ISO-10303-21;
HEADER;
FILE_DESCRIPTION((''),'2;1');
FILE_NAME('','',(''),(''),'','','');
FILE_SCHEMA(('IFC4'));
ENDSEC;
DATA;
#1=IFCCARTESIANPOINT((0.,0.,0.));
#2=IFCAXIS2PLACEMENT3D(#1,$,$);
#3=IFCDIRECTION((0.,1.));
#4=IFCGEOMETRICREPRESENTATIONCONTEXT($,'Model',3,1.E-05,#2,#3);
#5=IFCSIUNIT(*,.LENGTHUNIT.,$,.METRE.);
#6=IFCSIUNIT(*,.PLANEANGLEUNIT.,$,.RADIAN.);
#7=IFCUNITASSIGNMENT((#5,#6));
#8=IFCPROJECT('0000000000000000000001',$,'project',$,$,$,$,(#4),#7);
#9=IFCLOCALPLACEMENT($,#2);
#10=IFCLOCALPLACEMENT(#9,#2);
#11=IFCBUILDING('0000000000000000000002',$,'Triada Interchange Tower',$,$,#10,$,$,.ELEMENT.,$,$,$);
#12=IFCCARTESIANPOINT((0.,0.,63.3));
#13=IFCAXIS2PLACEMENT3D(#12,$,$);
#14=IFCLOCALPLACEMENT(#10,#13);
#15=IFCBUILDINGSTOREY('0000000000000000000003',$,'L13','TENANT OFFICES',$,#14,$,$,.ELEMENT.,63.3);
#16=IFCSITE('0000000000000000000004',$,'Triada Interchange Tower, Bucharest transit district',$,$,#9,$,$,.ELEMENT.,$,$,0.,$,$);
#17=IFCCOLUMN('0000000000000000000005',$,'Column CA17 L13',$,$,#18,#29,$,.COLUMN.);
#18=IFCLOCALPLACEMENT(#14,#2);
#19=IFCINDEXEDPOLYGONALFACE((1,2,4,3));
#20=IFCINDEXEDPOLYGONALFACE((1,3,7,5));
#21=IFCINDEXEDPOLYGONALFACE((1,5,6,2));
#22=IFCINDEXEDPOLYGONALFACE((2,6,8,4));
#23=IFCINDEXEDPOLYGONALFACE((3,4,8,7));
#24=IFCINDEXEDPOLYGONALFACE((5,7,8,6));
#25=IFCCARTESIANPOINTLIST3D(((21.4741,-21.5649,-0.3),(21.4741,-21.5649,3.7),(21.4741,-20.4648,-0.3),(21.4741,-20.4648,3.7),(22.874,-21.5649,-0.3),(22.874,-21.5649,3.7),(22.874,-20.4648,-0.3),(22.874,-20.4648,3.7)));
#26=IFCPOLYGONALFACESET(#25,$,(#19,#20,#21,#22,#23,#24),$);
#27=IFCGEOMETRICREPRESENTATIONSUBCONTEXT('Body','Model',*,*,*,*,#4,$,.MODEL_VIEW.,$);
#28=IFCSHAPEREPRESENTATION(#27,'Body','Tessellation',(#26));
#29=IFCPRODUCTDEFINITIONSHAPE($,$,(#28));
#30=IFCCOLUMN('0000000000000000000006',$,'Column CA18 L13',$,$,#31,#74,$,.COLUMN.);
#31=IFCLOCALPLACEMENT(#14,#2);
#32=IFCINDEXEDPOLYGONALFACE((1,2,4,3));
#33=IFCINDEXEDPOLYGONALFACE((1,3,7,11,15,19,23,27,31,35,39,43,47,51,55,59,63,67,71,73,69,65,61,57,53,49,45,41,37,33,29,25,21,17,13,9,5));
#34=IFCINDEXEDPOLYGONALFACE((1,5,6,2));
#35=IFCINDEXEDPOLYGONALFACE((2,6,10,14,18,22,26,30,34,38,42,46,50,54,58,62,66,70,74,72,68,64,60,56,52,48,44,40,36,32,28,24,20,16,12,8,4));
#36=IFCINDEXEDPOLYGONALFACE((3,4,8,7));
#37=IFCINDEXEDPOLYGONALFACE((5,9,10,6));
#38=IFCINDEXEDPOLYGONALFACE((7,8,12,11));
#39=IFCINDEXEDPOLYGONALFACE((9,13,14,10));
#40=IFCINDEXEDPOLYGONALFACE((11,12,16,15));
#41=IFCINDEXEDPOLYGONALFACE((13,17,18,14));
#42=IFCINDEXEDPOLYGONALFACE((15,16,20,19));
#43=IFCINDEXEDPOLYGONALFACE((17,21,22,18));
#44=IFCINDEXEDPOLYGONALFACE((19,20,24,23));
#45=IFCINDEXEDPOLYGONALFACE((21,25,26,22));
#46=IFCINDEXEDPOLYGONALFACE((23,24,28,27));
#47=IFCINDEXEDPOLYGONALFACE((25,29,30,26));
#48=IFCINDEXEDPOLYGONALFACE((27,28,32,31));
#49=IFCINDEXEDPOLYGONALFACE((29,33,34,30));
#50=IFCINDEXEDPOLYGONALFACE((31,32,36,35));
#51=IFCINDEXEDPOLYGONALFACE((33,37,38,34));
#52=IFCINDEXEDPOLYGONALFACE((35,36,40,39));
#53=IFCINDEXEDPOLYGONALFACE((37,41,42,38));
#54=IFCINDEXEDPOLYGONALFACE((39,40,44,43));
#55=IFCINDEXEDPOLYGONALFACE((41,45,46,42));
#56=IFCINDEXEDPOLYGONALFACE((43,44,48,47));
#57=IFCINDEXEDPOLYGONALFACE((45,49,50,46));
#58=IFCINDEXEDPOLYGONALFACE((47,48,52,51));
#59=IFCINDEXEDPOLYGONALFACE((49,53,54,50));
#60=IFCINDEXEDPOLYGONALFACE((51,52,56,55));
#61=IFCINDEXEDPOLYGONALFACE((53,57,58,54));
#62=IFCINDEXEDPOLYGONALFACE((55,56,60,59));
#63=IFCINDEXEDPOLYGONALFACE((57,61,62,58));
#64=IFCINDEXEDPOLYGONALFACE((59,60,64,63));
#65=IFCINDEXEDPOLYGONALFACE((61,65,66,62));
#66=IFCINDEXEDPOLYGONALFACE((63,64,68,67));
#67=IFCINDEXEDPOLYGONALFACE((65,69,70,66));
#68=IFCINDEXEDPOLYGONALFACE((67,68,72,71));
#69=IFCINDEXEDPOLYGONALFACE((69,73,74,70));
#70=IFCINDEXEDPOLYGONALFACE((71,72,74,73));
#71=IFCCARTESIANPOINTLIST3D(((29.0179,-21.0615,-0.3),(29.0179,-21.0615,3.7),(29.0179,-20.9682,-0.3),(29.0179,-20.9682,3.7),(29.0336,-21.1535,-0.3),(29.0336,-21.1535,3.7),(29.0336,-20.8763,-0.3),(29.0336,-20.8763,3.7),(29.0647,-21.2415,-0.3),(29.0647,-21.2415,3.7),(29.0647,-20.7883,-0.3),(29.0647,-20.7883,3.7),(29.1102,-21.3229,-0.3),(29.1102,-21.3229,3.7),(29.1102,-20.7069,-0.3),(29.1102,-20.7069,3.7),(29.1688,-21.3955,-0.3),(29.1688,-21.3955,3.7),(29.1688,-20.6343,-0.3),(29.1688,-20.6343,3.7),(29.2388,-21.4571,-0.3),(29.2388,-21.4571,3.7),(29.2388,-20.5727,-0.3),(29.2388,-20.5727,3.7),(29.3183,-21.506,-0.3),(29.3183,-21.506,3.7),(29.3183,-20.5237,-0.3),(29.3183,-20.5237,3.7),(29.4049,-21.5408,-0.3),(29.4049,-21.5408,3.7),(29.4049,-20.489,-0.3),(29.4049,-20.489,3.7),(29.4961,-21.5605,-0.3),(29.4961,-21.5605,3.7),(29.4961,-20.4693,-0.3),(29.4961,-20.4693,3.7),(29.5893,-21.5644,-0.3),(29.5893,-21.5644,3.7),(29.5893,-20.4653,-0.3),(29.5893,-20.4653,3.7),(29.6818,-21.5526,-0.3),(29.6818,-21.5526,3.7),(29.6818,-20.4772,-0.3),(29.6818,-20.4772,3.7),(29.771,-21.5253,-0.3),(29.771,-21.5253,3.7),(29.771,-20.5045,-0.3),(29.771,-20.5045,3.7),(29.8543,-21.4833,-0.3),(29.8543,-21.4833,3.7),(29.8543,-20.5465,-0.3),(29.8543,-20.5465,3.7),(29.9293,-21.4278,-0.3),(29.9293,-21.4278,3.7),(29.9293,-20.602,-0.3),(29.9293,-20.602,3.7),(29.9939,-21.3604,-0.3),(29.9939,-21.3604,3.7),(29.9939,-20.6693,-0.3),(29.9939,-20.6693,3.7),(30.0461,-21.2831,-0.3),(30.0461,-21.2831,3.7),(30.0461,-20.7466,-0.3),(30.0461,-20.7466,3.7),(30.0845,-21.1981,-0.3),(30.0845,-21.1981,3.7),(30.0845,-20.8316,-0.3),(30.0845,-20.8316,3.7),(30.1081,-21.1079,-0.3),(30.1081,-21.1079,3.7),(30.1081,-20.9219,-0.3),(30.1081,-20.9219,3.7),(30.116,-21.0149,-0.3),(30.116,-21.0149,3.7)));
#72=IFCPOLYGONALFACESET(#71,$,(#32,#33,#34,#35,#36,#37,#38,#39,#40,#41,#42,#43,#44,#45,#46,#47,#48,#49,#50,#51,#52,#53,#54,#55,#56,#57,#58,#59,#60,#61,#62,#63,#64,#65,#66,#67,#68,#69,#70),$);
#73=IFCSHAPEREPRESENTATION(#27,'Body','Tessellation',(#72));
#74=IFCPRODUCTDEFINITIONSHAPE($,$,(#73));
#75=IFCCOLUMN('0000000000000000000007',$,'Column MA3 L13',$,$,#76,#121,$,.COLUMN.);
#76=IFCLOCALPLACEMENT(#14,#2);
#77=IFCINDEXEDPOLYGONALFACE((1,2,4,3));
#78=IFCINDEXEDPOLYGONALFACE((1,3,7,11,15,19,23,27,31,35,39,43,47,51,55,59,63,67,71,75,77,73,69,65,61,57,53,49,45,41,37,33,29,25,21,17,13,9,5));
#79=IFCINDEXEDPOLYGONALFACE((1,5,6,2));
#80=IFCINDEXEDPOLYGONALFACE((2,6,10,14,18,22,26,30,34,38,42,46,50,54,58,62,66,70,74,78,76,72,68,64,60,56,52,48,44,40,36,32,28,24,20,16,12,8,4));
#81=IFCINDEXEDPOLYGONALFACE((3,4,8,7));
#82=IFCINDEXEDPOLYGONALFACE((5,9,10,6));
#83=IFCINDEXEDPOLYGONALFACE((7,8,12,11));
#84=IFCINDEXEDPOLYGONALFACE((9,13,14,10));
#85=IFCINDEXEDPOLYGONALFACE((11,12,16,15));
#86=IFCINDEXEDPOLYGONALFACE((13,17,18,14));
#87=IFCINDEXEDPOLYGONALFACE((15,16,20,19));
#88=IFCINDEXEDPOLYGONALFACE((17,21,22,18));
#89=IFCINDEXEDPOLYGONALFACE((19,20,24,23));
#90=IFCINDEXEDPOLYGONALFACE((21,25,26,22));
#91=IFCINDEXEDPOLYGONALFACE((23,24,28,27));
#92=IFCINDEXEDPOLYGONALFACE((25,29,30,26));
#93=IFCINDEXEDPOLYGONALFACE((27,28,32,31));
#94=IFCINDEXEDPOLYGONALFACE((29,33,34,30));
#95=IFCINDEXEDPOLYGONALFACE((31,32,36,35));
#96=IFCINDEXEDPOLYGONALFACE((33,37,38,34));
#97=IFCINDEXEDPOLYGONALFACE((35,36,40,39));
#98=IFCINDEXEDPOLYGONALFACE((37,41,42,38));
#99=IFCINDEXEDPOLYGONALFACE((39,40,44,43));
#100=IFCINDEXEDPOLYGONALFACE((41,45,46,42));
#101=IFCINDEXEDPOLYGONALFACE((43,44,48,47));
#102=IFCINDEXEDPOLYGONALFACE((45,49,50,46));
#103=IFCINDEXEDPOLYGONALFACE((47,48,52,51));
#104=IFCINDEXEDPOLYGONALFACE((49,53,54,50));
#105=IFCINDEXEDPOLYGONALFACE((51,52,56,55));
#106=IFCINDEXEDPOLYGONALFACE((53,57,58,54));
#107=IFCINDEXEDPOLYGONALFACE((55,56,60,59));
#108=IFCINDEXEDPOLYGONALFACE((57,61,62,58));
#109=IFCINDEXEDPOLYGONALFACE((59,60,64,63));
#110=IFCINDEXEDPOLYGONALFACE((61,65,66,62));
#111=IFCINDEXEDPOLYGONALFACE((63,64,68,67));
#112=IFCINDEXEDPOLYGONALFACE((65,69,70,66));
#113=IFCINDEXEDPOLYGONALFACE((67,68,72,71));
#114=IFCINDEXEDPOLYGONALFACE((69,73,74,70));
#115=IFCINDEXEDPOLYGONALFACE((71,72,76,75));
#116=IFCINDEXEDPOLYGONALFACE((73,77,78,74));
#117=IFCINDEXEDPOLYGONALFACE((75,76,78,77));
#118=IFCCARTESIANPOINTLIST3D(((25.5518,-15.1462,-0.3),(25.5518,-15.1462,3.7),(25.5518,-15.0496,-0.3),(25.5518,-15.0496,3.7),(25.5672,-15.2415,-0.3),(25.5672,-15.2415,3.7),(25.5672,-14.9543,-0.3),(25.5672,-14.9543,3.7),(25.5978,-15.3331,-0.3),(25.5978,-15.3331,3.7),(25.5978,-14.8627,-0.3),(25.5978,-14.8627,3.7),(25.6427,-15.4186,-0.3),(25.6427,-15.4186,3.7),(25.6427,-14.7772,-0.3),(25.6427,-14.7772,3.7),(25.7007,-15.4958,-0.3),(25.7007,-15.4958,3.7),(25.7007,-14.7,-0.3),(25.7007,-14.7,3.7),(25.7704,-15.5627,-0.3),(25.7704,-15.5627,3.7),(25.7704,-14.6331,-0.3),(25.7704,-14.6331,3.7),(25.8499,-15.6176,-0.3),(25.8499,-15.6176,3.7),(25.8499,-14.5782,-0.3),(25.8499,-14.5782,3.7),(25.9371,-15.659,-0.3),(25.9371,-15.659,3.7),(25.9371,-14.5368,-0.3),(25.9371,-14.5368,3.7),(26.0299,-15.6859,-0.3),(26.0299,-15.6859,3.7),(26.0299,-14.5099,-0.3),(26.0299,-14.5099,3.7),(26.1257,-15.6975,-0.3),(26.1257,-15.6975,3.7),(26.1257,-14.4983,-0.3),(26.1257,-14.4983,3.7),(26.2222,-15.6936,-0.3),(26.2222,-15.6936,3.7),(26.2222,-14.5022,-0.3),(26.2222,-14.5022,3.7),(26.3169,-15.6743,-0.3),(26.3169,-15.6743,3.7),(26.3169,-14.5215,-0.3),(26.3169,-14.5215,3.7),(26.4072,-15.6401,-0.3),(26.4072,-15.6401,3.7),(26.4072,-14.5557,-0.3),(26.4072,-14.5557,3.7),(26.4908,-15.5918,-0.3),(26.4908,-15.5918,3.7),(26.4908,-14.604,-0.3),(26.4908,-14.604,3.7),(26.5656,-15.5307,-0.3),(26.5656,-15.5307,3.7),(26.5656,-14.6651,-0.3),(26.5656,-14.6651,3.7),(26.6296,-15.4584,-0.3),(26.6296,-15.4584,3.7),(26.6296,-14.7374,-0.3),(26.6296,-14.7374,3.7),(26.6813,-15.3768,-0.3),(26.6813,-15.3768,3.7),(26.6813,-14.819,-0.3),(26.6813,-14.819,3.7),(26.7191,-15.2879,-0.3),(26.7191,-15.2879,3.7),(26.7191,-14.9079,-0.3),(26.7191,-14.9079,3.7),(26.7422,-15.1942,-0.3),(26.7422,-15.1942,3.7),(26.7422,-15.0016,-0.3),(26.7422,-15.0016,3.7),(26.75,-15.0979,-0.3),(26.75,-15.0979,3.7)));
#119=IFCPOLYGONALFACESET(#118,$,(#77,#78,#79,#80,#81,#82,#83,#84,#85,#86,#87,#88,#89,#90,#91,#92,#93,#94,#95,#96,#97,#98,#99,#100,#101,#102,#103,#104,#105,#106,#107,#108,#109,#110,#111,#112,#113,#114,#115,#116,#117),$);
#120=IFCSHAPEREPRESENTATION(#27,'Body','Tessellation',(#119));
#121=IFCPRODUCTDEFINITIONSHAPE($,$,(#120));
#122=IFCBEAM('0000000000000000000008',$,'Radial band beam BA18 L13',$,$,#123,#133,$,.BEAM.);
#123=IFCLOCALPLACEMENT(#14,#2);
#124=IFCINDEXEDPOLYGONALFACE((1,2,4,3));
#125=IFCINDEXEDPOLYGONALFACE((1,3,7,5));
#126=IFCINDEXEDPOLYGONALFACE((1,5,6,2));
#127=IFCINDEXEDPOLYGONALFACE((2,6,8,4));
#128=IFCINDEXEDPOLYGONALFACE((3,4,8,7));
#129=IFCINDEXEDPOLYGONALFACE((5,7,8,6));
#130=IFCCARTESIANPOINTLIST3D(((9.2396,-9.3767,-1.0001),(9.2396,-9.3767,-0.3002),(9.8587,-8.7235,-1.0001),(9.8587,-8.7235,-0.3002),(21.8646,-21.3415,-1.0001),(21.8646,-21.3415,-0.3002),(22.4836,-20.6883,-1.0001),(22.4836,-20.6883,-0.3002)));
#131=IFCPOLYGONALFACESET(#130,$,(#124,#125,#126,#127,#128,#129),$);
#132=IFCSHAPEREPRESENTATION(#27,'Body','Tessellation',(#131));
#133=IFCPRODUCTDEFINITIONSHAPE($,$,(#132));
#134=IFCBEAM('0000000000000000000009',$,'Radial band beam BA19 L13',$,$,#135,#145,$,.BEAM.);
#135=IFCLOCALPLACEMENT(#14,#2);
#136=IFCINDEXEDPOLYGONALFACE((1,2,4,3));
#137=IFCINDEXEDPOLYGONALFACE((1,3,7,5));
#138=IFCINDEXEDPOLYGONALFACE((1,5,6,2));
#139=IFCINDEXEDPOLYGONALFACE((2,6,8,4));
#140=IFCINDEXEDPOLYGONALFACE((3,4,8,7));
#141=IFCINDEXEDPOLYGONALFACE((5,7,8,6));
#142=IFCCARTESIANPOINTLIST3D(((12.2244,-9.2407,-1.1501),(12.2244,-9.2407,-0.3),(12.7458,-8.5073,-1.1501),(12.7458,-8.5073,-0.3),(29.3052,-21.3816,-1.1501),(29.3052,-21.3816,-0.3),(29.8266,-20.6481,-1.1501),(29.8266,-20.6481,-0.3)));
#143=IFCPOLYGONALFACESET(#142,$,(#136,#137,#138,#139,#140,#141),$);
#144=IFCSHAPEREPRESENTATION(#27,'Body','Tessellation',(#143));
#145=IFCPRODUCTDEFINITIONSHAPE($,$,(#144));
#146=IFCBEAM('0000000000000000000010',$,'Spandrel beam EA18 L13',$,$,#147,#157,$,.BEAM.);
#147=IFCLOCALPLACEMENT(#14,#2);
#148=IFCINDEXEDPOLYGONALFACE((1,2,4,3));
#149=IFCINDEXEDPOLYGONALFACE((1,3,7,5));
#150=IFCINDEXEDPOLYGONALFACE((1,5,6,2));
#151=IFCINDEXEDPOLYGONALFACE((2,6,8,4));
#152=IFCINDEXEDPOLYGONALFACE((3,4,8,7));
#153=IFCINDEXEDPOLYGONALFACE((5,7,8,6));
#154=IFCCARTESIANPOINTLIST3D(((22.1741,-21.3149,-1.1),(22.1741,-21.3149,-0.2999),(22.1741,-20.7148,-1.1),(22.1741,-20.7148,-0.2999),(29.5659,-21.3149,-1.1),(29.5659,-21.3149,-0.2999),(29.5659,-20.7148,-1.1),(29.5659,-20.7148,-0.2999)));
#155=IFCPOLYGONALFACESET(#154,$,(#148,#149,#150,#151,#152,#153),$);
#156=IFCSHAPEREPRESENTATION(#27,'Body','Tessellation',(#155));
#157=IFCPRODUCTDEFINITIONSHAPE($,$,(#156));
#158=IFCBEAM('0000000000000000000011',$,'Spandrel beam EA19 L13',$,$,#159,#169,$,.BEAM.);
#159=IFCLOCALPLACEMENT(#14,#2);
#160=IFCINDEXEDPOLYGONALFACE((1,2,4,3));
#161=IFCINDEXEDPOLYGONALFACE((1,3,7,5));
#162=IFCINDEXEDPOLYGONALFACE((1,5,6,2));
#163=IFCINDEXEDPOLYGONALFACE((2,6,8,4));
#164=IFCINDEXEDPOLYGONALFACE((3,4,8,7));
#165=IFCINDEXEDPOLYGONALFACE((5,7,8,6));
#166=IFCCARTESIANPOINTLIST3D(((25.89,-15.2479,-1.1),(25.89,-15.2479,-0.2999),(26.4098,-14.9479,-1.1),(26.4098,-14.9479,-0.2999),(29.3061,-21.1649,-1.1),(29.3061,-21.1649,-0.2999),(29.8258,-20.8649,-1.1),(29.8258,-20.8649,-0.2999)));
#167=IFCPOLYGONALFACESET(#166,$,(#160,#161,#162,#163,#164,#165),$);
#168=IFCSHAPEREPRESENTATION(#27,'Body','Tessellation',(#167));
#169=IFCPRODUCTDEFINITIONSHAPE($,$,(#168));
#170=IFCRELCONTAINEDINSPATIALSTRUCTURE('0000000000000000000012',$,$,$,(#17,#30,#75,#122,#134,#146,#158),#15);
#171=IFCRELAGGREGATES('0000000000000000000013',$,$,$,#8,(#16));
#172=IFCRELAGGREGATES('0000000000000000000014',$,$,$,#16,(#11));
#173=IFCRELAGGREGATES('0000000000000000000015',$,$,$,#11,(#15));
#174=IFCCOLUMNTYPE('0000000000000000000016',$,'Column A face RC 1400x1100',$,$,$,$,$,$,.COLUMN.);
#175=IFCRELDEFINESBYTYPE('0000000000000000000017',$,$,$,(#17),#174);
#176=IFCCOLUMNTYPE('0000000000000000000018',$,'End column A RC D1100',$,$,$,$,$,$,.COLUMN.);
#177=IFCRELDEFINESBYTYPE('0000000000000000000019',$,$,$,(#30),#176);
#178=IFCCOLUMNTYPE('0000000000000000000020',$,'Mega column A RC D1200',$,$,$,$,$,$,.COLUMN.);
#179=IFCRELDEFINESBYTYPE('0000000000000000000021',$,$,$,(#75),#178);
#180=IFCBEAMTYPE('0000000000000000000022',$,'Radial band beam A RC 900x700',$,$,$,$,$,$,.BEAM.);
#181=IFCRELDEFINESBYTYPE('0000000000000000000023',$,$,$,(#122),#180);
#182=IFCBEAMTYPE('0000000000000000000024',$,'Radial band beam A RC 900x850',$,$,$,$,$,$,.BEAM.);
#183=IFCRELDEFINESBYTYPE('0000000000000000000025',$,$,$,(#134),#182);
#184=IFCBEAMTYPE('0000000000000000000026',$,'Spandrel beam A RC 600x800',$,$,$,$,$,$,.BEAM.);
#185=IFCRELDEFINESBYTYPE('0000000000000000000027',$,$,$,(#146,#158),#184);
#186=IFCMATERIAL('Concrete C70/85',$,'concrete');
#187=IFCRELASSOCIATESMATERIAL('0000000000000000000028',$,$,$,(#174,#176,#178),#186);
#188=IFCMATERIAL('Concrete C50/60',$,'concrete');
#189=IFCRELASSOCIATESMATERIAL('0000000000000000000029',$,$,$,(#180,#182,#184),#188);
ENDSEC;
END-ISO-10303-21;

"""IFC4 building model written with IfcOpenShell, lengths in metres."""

from ifc_helpers import new_model, si_unit, direction, frame, origin, origin_2d, place, context, subcontext, project, spatial, rectangle, circle, extrude, material, material_profile, profile_set, type_object, element, save


model = new_model("IFC4")

# Units and contexts
model_context = context("Model", 3, precision=1e-05, world=origin(), true_north=direction((0.0, 1.0)))
body_context = subcontext(model_context, "Body", "Model", "MODEL_VIEW")
ifc_project = project(units=[si_unit("LENGTHUNIT", "METRE"), si_unit("PLANEANGLEUNIT", "RADIAN")], contexts=[model_context])

# Site, building, storey
site_placement = place(None, origin())
site = spatial("IfcSite", under=ifc_project, at=site_placement, Name="Triada Interchange Tower, Bucharest transit district", CompositionType="ELEMENT", RefElevation=0.0)
building_placement = place(site_placement, origin())
building = spatial("IfcBuilding", under=site, at=building_placement, Name="Triada Interchange Tower", CompositionType="ELEMENT")
storey_placement = place(building_placement, frame((0.0, 0.0, 63.3)))
storey = spatial("IfcBuildingStorey", under=building, at=storey_placement, Name="L13", Description="TENANT OFFICES", CompositionType="ELEMENT", Elevation=63.3)

# Columns
ifc_material_1 = material(Name="Concrete C70/85", Category="concrete")
ifc_material_profile_1 = material_profile(ifc_material_1, rectangle(XDim=1.3999, YDim=1.1001, at=origin_2d()), Name="RC 1400x1100")
ifc_profile_set_1 = profile_set([ifc_material_profile_1], Name="Concrete C70/85")
column_type_1 = type_object("IfcColumnType", Name="Column A face RC 1400x1100", PredefinedType="COLUMN", material=ifc_profile_set_1)
column_1_placement = place(storey_placement, frame((22.1741, -21.0149, -0.3), z_axis=(0.0, 0.0, 1.0), x_axis=(1.0, 0.0, 0.0)))
element("IfcColumn", 1, at=column_1_placement, inside=storey, type_object=column_type_1, Name="Column CA17 L13", PredefinedType="COLUMN", context=body_context, shape_type="SweptSolid", body=[
    extrude(rectangle(XDim=1.3999, YDim=1.1001, at=origin_2d()), origin(), (0.0, 0.0, 1.0), 4.0),
])
ifc_material_profile_2 = material_profile(ifc_material_1, circle(Radius=0.55, at=origin_2d()), Name="RC D1100")
ifc_profile_set_2 = profile_set([ifc_material_profile_2], Name="Concrete C70/85")
column_type_2 = type_object("IfcColumnType", Name="End column A RC D1100", PredefinedType="COLUMN", material=ifc_profile_set_2)
column_2_placement = place(storey_placement, frame((29.5659, -21.0149, -0.3), z_axis=(0.0, 0.0, 1.0), x_axis=(1.0, 0.0, 0.0)))
element("IfcColumn", 2, at=column_2_placement, inside=storey, type_object=column_type_2, Name="Column CA18 L13", PredefinedType="COLUMN", context=body_context, shape_type="SweptSolid", body=[
    extrude(circle(Radius=0.55, at=origin_2d()), origin(), (0.0, 0.0, 1.0), 4.0),
])
ifc_material_profile_3 = material_profile(ifc_material_1, circle(Radius=0.6001, at=origin_2d()), Name="RC D1200")
ifc_profile_set_3 = profile_set([ifc_material_profile_3], Name="Concrete C70/85")
column_type_3 = type_object("IfcColumnType", Name="Mega column A RC D1200", PredefinedType="COLUMN", material=ifc_profile_set_3)
column_3_placement = place(storey_placement, frame((26.1499, -15.0979, -0.3), z_axis=(0.0, 0.0, 1.0), x_axis=(1.0, 0.0, 0.0)))
element("IfcColumn", 3, at=column_3_placement, inside=storey, type_object=column_type_3, Name="Column MA3 L13", PredefinedType="COLUMN", context=body_context, shape_type="SweptSolid", body=[
    extrude(circle(Radius=0.6001, at=origin_2d()), origin(), (0.0, 0.0, 1.0), 4.0),
])

# Beams
ifc_material_2 = material(Name="Concrete C50/60", Category="concrete")
ifc_material_profile_4 = material_profile(ifc_material_2, rectangle(XDim=0.8999, YDim=0.7, at=origin_2d()), Name="RC 900x700")
ifc_profile_set_4 = profile_set([ifc_material_profile_4], Name="Concrete C50/60")
beam_type_1 = type_object("IfcBeamType", Name="Radial band beam A RC 900x700", PredefinedType="BEAM", material=ifc_profile_set_4)
beam_1_placement = place(storey_placement, frame((22.1741, -21.0149, -0.6501), z_axis=(-0.725829, 0.687875, 0.0), x_axis=(-0.687875, -0.725829, 0.0)))
element("IfcBeam", 4, at=beam_1_placement, inside=storey, type_object=beam_type_1, Name="Radial band beam BA18 L13", PredefinedType="BEAM", context=body_context, shape_type="SweptSolid", body=[
    extrude(rectangle(XDim=0.8999, YDim=0.7, at=origin_2d()), origin(), (0.0, 0.0, 1.0), 17.3938),
])
ifc_material_profile_5 = material_profile(ifc_material_2, rectangle(XDim=0.8999, YDim=0.8501, at=origin_2d()), Name="RC 900x850")
ifc_profile_set_5 = profile_set([ifc_material_profile_5], Name="Concrete C50/60")
beam_type_2 = type_object("IfcBeamType", Name="Radial band beam A RC 900x850", PredefinedType="BEAM", material=ifc_profile_set_5)
beam_2_placement = place(storey_placement, frame((29.5659, -21.0149, -0.7251), z_axis=(-0.815079, 0.57935, 0.0), x_axis=(-0.57935, -0.815079, 0.0)))
element("IfcBeam", 5, at=beam_2_placement, inside=storey, type_object=beam_type_2, Name="Radial band beam BA19 L13", PredefinedType="BEAM", context=body_context, shape_type="SweptSolid", body=[
    extrude(rectangle(XDim=0.8999, YDim=0.8501, at=origin_2d()), origin(), (0.0, 0.0, 1.0), 20.9561),
])
ifc_material_profile_6 = material_profile(ifc_material_2, rectangle(XDim=0.6001, YDim=0.8, at=origin_2d()), Name="RC 600x800")
ifc_profile_set_6 = profile_set([ifc_material_profile_6], Name="Concrete C50/60")
beam_type_3 = type_object("IfcBeamType", Name="Spandrel beam A RC 600x800", PredefinedType="BEAM", material=ifc_profile_set_6)
beam_3_placement = place(storey_placement, frame((22.1741, -21.0149, -0.7), z_axis=(1.0, 0.0, 0.0), x_axis=(0.0, 1.0, 0.0)))
element("IfcBeam", 6, at=beam_3_placement, inside=storey, type_object=beam_type_3, Name="Spandrel beam EA18 L13", PredefinedType="BEAM", context=body_context, shape_type="SweptSolid", body=[
    extrude(rectangle(XDim=0.6001, YDim=0.8, at=origin_2d()), origin(), (0.0, 0.0, 1.0), 7.3918),
])
beam_4_placement = place(storey_placement, frame((29.5659, -21.0149, -0.7), z_axis=(-0.499982, 0.866036, 0.0), x_axis=(-0.866036, -0.499982, 0.0)))
element("IfcBeam", 7, at=beam_4_placement, inside=storey, type_object=beam_type_3, Name="Spandrel beam EA19 L13", PredefinedType="BEAM", context=body_context, shape_type="SweptSolid", body=[
    extrude(rectangle(XDim=0.6001, YDim=0.8, at=origin_2d()), origin(), (0.0, 0.0, 1.0), 6.8323),
])

save(model, "model.ifc")
